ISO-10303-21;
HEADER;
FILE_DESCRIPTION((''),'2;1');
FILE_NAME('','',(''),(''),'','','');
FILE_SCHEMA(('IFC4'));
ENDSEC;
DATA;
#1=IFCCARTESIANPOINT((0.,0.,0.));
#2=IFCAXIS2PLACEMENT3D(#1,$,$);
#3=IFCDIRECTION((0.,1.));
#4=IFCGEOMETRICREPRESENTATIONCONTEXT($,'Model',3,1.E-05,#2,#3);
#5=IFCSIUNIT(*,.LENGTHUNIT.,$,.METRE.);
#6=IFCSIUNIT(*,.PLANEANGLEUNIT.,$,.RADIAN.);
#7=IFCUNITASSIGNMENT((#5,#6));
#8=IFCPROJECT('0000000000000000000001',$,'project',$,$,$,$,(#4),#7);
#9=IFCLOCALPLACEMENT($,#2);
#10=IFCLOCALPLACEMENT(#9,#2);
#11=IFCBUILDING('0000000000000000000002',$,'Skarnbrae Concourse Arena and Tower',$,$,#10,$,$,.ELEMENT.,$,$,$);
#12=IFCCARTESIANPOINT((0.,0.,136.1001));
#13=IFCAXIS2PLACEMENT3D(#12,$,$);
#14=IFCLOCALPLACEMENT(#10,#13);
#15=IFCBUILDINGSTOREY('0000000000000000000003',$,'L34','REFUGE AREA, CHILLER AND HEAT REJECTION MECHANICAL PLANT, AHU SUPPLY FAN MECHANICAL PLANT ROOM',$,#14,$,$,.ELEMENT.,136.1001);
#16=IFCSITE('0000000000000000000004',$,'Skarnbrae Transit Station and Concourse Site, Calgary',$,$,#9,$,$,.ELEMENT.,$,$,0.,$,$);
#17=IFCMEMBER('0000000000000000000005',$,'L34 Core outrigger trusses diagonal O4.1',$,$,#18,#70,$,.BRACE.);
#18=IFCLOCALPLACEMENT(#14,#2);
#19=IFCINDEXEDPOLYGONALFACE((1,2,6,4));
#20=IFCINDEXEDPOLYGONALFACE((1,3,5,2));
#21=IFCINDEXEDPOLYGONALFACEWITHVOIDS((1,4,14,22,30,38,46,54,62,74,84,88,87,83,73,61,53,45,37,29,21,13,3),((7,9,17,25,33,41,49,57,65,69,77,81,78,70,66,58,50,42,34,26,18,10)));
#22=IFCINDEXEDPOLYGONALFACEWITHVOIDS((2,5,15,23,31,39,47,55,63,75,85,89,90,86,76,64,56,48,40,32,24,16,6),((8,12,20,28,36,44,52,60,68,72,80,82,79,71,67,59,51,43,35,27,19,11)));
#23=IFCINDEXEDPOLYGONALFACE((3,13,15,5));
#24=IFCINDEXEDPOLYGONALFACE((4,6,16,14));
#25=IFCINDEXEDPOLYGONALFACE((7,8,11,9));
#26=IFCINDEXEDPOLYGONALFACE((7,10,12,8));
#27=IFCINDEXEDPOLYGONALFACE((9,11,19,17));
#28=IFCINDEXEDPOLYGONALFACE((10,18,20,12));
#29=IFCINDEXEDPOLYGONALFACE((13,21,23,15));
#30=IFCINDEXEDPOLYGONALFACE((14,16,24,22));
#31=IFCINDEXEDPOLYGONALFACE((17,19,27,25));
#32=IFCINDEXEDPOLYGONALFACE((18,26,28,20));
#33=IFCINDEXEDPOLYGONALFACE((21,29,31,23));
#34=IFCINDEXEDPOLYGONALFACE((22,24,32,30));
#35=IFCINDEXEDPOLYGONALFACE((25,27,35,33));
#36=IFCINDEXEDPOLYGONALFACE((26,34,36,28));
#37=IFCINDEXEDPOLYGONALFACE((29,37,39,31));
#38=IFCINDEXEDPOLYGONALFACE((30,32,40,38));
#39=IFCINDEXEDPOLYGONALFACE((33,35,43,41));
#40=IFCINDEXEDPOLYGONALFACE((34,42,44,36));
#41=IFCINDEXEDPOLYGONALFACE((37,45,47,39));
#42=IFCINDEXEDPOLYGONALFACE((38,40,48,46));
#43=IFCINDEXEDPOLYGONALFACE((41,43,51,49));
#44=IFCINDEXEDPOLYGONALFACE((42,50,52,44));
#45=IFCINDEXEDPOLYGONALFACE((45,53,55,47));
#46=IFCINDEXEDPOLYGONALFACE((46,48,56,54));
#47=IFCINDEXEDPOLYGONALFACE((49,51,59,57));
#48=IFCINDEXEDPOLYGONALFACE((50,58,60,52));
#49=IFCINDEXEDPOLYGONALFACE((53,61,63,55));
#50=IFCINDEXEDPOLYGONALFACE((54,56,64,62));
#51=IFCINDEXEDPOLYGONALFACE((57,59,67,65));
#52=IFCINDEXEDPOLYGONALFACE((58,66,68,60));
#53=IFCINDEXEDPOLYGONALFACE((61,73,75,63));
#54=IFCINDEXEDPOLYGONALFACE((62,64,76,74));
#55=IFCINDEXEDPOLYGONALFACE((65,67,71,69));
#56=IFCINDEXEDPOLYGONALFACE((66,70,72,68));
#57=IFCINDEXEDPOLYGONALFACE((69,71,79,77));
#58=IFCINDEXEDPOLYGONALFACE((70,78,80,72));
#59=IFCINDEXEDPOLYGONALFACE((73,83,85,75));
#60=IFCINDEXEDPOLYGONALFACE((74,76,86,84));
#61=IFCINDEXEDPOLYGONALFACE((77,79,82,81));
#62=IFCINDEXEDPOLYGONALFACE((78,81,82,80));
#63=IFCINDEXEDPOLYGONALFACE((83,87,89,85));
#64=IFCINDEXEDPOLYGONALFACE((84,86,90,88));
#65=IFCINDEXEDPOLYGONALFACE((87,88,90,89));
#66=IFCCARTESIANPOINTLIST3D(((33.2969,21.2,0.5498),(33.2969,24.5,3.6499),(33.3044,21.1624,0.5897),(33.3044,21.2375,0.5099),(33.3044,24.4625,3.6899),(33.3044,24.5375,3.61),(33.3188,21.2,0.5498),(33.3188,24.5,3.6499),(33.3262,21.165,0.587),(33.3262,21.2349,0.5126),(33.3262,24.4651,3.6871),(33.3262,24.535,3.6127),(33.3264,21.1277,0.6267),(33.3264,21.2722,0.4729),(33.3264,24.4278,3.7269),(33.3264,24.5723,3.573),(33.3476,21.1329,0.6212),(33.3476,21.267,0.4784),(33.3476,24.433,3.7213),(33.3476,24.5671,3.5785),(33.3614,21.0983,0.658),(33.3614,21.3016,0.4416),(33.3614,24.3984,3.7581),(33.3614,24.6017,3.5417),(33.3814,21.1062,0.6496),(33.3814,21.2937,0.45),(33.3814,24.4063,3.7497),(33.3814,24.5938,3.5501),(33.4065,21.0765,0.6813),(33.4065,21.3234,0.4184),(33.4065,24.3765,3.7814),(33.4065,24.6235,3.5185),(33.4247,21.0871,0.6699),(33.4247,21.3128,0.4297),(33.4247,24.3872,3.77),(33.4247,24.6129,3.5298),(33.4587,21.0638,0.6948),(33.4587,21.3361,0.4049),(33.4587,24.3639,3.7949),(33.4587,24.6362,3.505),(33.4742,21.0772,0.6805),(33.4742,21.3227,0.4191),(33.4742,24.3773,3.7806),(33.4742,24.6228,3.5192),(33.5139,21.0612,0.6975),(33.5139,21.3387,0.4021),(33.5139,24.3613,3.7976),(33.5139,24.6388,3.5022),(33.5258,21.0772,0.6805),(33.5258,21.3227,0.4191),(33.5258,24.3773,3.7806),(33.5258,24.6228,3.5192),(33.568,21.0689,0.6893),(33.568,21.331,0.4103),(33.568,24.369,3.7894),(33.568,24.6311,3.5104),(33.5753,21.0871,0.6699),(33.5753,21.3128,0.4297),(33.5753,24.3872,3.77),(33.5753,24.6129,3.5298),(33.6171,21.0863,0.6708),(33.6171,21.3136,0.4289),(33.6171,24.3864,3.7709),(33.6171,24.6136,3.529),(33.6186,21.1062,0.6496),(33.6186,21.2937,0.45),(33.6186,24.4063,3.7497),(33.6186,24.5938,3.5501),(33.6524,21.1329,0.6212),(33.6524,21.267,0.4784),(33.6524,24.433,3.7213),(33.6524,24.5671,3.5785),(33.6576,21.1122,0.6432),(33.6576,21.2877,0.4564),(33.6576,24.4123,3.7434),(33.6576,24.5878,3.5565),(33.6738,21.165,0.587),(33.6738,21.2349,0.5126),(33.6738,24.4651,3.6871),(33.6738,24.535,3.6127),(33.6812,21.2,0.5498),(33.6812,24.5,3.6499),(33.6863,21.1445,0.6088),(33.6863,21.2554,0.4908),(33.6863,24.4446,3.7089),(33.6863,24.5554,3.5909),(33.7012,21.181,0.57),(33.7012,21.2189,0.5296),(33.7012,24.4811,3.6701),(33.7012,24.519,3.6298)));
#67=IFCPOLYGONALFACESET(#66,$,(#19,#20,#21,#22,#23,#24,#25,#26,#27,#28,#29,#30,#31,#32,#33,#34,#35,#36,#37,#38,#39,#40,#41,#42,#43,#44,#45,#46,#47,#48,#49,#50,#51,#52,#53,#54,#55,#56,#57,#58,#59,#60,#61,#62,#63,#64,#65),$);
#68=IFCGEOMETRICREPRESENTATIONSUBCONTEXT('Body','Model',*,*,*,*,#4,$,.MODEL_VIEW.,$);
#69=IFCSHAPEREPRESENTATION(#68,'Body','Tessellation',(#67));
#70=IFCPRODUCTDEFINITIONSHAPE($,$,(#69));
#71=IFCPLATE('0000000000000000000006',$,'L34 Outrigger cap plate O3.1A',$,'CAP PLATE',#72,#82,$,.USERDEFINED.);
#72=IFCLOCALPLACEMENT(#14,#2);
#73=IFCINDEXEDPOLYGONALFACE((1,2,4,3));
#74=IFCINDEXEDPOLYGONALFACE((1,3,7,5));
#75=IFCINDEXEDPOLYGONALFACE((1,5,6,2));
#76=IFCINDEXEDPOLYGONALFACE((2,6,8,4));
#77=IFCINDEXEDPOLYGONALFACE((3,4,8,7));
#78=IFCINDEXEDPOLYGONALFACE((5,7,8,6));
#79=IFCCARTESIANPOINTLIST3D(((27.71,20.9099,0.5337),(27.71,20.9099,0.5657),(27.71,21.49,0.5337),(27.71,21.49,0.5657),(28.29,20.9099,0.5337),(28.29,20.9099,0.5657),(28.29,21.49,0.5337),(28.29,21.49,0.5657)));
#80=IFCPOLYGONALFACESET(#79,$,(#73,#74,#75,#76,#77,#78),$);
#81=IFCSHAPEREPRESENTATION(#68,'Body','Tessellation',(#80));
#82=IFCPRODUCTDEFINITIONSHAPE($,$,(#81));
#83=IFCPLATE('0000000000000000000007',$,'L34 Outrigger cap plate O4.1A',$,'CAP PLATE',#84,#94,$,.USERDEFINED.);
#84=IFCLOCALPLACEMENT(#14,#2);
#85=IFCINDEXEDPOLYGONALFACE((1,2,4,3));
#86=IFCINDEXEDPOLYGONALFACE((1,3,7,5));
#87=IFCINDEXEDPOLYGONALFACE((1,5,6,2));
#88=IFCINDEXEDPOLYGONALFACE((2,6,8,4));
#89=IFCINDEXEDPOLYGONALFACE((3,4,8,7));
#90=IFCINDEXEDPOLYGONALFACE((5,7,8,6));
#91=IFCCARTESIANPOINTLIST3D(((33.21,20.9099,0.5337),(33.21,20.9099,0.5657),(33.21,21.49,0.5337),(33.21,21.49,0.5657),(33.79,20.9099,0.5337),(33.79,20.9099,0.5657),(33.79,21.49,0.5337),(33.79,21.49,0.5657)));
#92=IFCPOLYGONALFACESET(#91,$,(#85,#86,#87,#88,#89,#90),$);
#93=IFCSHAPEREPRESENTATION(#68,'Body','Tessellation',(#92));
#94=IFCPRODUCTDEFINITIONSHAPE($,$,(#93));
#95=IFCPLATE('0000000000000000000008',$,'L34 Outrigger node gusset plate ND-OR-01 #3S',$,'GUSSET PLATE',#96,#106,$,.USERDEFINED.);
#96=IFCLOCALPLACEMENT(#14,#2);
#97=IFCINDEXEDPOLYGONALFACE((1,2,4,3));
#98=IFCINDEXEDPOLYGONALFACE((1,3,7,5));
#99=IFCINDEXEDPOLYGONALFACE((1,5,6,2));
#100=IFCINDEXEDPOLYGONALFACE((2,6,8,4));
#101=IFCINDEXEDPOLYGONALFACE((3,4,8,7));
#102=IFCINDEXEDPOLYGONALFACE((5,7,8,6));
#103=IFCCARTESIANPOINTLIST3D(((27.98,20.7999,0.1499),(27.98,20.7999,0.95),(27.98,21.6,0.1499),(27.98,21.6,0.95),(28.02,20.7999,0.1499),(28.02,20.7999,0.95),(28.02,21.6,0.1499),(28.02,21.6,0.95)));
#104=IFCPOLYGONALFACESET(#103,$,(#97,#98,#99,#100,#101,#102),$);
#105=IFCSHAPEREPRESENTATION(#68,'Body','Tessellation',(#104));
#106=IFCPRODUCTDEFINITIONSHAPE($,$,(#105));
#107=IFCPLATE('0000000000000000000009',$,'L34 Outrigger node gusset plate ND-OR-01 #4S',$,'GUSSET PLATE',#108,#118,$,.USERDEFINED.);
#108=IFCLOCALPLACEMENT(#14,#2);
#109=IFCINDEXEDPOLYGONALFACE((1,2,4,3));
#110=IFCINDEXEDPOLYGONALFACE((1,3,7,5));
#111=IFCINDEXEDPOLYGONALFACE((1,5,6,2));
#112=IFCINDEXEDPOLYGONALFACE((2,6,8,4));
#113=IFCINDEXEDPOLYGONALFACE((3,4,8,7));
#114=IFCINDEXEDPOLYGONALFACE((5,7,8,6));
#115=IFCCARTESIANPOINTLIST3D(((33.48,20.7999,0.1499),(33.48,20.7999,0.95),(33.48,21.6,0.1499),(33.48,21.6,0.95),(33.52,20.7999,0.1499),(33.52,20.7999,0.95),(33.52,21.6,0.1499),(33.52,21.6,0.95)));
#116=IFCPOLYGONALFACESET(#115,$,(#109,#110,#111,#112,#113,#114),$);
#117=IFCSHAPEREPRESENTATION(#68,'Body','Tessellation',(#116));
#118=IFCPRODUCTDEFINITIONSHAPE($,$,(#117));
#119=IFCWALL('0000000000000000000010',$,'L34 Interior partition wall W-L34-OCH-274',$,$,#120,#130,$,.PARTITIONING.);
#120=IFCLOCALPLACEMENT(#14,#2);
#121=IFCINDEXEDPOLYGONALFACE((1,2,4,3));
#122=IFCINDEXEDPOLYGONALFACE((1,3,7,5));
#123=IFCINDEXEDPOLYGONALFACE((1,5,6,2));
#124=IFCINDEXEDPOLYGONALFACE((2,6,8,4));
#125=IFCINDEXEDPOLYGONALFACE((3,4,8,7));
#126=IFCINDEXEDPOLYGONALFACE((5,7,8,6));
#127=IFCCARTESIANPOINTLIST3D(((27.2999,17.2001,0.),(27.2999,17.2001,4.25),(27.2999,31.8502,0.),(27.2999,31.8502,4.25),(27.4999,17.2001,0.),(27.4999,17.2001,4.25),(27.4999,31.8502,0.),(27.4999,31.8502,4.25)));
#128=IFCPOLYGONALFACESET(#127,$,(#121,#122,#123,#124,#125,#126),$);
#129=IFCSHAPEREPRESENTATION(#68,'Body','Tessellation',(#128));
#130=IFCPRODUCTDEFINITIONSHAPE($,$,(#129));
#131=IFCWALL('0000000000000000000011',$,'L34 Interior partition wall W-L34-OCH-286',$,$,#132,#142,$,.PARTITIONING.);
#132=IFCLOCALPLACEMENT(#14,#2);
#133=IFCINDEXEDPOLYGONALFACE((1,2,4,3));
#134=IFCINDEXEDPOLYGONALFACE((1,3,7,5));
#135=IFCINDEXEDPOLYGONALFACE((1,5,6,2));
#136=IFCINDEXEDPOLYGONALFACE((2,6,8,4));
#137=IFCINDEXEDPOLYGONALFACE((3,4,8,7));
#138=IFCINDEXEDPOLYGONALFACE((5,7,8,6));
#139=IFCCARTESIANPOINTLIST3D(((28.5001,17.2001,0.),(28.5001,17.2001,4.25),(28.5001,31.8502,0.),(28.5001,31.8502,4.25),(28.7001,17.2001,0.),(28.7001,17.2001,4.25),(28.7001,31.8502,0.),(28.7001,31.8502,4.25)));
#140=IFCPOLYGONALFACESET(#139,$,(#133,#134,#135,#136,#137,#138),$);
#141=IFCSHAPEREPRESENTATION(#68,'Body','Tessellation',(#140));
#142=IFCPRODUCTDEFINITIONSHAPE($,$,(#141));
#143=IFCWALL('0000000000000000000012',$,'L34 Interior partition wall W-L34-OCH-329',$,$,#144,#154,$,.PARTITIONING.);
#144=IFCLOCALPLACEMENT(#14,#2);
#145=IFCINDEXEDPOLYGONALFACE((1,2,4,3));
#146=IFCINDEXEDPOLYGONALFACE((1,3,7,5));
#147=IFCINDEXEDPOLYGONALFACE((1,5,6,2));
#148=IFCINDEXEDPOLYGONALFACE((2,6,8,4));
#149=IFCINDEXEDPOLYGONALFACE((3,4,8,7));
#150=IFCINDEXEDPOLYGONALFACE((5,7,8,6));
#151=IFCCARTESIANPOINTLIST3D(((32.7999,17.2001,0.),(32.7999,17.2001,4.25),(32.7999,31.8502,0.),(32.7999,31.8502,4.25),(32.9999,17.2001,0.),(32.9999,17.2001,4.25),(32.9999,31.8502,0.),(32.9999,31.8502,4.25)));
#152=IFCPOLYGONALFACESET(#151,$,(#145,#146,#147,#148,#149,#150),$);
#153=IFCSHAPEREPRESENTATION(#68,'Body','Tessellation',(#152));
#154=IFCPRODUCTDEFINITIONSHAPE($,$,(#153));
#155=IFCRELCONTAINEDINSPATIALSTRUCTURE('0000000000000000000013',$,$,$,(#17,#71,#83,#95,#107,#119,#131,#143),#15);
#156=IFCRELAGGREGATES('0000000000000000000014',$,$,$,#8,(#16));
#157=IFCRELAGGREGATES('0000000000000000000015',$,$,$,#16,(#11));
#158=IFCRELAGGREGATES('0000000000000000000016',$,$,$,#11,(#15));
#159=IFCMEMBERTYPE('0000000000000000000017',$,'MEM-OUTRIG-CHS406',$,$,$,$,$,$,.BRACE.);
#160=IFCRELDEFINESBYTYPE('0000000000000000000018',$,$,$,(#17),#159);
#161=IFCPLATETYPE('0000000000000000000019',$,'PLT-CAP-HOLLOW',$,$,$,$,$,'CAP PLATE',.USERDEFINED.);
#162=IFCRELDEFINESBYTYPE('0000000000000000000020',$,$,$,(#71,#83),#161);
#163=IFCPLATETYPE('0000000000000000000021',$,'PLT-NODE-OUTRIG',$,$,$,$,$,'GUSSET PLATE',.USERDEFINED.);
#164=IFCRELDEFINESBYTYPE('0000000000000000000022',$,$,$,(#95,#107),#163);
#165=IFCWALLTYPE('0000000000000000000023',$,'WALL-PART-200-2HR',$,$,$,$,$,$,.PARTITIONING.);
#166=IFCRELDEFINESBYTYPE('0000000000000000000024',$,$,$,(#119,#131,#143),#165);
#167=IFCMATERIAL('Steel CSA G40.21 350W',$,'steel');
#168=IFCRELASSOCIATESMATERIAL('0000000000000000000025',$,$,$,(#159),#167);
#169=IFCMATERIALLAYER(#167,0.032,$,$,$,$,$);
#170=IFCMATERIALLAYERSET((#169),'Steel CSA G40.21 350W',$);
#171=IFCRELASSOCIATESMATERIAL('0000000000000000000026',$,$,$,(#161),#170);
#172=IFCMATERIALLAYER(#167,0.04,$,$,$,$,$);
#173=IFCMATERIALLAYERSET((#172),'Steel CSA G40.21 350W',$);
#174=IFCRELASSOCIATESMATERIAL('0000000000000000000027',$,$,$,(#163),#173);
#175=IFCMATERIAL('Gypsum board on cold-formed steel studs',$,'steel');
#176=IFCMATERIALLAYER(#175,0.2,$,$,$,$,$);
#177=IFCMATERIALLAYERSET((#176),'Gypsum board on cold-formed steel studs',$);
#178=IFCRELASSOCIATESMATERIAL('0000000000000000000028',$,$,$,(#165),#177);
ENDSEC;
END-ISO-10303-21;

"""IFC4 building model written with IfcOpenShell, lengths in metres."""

from ifc_helpers import new_model, si_unit, direction, frame, frame_2d, origin, origin_2d, place, context, subcontext, project, spatial, rectangle, hollow_circle, extrude, source, transform, mapped, material, layer, layer_set, material_profile, profile_set, type_object, element, save


model = new_model("IFC4")

# Units and contexts
model_context = context("Model", 3, precision=1e-05, world=origin(), true_north=direction((0.0, 1.0)))
body_context = subcontext(model_context, "Body", "Model", "MODEL_VIEW")
ifc_project = project(units=[si_unit("LENGTHUNIT", "METRE"), si_unit("PLANEANGLEUNIT", "RADIAN")], contexts=[model_context])

# Site, building, storey
site_placement = place(None, origin())
site = spatial("IfcSite", under=ifc_project, at=site_placement, Name="Skarnbrae Transit Station and Concourse Site, Calgary", CompositionType="ELEMENT", RefElevation=0.0)
building_placement = place(site_placement, origin())
building = spatial("IfcBuilding", under=site, at=building_placement, Name="Skarnbrae Concourse Arena and Tower", CompositionType="ELEMENT")
storey_placement = place(building_placement, frame((0.0, 0.0, 136.1001)))
storey = spatial("IfcBuildingStorey", under=building, at=storey_placement, Name="L34", Description="REFUGE AREA, CHILLER AND HEAT REJECTION MECHANICAL PLANT, AHU SUPPLY FAN MECHANICAL PLANT ROOM", CompositionType="ELEMENT", Elevation=136.1001)

# Shared definitions
ifc_material_1 = material(Name="Steel CSA G40.21 350W", Category="steel")

# Member
ifc_material_profile_1 = material_profile(ifc_material_1, hollow_circle(Radius=0.2031, WallThickness=0.022, at=origin_2d()), Name="HSS406X22.0")
ifc_profile_set_1 = profile_set([ifc_material_profile_1], Name="Steel CSA G40.21 350W")
member_type = type_object("IfcMemberType", Name="MEM-OUTRIG-CHS406", PredefinedType="BRACE", material=ifc_profile_set_1)
shared_shape_1 = source(origin(), body_context, "Body", "SweptSolid", [
    extrude(hollow_circle(Radius=0.2031, WallThickness=0.022, at=origin_2d()), origin(), (0.0, 0.0, 1.0), 4.5278),
])
for number, where, z_axis, x_axis, name in (
    (1, (33.5, 21.2, 0.5498), (0.0, 0.728842, 0.684682), (-1.0, 0.0, 0.0), "L34 Core outrigger trusses diagonal O4.1"),
):
    element("IfcMember", number, at=place(storey_placement, frame(where, z_axis=z_axis, x_axis=x_axis)), inside=storey, type_object=member_type, Name=name, PredefinedType="BRACE", context=body_context, shape_type="MappedRepresentation", body=[
        mapped(shared_shape_1, transform((0.0, 0.0, 0.0))),
    ])

# Plates
ifc_layer_1 = layer(ifc_material_1, 0.032)
ifc_layer_set_1 = layer_set([ifc_layer_1], Name="Steel CSA G40.21 350W")
plate_type_1 = type_object("IfcPlateType", Name="PLT-CAP-HOLLOW", ElementType="CAP PLATE", PredefinedType="USERDEFINED", material=ifc_layer_set_1)
shared_shape_2 = source(origin(), body_context, "Body", "SweptSolid", [
    extrude(rectangle(XDim=0.5801, YDim=0.5801, at=origin_2d()), origin(), (0.0, 0.0, 1.0), 0.032),
])
for number, where, z_axis, x_axis, name in (
    (2, (28.0, 21.2, 0.5337), (0.0, 0.0, 1.0), (1.0, 0.0, 0.0), "L34 Outrigger cap plate O3.1A"),
    (3, (33.5, 21.2, 0.5337), (0.0, 0.0, 1.0), (1.0, 0.0, 0.0), "L34 Outrigger cap plate O4.1A"),
):
    element("IfcPlate", number, at=place(storey_placement, frame(where, z_axis=z_axis, x_axis=x_axis)), inside=storey, type_object=plate_type_1, Name=name, ObjectType="CAP PLATE", PredefinedType="USERDEFINED", context=body_context, shape_type="MappedRepresentation", body=[
        mapped(shared_shape_2, transform((0.0, 0.0, 0.0))),
    ])
ifc_layer_2 = layer(ifc_material_1, 0.04)
ifc_layer_set_2 = layer_set([ifc_layer_2], Name="Steel CSA G40.21 350W")
plate_type_2 = type_object("IfcPlateType", Name="PLT-NODE-OUTRIG", ElementType="GUSSET PLATE", PredefinedType="USERDEFINED", material=ifc_layer_set_2)
shared_shape_3 = source(origin(), body_context, "Body", "SweptSolid", [
    extrude(rectangle(XDim=0.8, YDim=0.04, at=origin_2d()), origin(), (0.0, 0.0, 1.0), 0.8),
])
for number, where, z_axis, x_axis, name in (
    (4, (28.0, 21.2, 0.1499), (0.0, 0.0, 1.0), (0.0, 1.0, 0.0), "L34 Outrigger node gusset plate ND-OR-01 #3S"),
    (5, (33.5, 21.2, 0.1499), (0.0, 0.0, 1.0), (0.0, 1.0, 0.0), "L34 Outrigger node gusset plate ND-OR-01 #4S"),
):
    element("IfcPlate", number, at=place(storey_placement, frame(where, z_axis=z_axis, x_axis=x_axis)), inside=storey, type_object=plate_type_2, Name=name, ObjectType="GUSSET PLATE", PredefinedType="USERDEFINED", context=body_context, shape_type="MappedRepresentation", body=[
        mapped(shared_shape_3, transform((0.0, 0.0, 0.0))),
    ])

# Walls
ifc_material_2 = material(Name="Gypsum board on cold-formed steel studs", Category="steel")
ifc_layer_3 = layer(ifc_material_2, 0.2)
ifc_layer_set_3 = layer_set([ifc_layer_3], Name="Gypsum board on cold-formed steel studs")
wall_type = type_object("IfcWallType", Name="WALL-PART-200-2HR", PredefinedType="PARTITIONING", material=ifc_layer_set_3)
shared_shape_4 = source(origin(), body_context, "Body", "SweptSolid", [
    extrude(rectangle(XDim=14.6501, YDim=0.2, at=frame_2d((7.3252, 0.0))), origin(), (0.0, 0.0, 1.0), 4.25),
])
for number, where, z_axis, x_axis, name in (
    (6, (27.3999, 17.2, 0.0), (0.0, 0.0, 1.0), (0.0, 1.0, 0.0), "L34 Interior partition wall W-L34-OCH-274"),
    (7, (28.6001, 17.2, 0.0), (0.0, 0.0, 1.0), (0.0, 1.0, 0.0), "L34 Interior partition wall W-L34-OCH-286"),
    (8, (32.8999, 17.2, 0.0), (0.0, 0.0, 1.0), (0.0, 1.0, 0.0), "L34 Interior partition wall W-L34-OCH-329"),
):
    element("IfcWall", number, at=place(storey_placement, frame(where, z_axis=z_axis, x_axis=x_axis)), inside=storey, type_object=wall_type, Name=name, PredefinedType="PARTITIONING", context=body_context, shape_type="MappedRepresentation", body=[
        mapped(shared_shape_4, transform((0.0, 0.0, 0.0))),
    ])

save(model, "model.ifc")
